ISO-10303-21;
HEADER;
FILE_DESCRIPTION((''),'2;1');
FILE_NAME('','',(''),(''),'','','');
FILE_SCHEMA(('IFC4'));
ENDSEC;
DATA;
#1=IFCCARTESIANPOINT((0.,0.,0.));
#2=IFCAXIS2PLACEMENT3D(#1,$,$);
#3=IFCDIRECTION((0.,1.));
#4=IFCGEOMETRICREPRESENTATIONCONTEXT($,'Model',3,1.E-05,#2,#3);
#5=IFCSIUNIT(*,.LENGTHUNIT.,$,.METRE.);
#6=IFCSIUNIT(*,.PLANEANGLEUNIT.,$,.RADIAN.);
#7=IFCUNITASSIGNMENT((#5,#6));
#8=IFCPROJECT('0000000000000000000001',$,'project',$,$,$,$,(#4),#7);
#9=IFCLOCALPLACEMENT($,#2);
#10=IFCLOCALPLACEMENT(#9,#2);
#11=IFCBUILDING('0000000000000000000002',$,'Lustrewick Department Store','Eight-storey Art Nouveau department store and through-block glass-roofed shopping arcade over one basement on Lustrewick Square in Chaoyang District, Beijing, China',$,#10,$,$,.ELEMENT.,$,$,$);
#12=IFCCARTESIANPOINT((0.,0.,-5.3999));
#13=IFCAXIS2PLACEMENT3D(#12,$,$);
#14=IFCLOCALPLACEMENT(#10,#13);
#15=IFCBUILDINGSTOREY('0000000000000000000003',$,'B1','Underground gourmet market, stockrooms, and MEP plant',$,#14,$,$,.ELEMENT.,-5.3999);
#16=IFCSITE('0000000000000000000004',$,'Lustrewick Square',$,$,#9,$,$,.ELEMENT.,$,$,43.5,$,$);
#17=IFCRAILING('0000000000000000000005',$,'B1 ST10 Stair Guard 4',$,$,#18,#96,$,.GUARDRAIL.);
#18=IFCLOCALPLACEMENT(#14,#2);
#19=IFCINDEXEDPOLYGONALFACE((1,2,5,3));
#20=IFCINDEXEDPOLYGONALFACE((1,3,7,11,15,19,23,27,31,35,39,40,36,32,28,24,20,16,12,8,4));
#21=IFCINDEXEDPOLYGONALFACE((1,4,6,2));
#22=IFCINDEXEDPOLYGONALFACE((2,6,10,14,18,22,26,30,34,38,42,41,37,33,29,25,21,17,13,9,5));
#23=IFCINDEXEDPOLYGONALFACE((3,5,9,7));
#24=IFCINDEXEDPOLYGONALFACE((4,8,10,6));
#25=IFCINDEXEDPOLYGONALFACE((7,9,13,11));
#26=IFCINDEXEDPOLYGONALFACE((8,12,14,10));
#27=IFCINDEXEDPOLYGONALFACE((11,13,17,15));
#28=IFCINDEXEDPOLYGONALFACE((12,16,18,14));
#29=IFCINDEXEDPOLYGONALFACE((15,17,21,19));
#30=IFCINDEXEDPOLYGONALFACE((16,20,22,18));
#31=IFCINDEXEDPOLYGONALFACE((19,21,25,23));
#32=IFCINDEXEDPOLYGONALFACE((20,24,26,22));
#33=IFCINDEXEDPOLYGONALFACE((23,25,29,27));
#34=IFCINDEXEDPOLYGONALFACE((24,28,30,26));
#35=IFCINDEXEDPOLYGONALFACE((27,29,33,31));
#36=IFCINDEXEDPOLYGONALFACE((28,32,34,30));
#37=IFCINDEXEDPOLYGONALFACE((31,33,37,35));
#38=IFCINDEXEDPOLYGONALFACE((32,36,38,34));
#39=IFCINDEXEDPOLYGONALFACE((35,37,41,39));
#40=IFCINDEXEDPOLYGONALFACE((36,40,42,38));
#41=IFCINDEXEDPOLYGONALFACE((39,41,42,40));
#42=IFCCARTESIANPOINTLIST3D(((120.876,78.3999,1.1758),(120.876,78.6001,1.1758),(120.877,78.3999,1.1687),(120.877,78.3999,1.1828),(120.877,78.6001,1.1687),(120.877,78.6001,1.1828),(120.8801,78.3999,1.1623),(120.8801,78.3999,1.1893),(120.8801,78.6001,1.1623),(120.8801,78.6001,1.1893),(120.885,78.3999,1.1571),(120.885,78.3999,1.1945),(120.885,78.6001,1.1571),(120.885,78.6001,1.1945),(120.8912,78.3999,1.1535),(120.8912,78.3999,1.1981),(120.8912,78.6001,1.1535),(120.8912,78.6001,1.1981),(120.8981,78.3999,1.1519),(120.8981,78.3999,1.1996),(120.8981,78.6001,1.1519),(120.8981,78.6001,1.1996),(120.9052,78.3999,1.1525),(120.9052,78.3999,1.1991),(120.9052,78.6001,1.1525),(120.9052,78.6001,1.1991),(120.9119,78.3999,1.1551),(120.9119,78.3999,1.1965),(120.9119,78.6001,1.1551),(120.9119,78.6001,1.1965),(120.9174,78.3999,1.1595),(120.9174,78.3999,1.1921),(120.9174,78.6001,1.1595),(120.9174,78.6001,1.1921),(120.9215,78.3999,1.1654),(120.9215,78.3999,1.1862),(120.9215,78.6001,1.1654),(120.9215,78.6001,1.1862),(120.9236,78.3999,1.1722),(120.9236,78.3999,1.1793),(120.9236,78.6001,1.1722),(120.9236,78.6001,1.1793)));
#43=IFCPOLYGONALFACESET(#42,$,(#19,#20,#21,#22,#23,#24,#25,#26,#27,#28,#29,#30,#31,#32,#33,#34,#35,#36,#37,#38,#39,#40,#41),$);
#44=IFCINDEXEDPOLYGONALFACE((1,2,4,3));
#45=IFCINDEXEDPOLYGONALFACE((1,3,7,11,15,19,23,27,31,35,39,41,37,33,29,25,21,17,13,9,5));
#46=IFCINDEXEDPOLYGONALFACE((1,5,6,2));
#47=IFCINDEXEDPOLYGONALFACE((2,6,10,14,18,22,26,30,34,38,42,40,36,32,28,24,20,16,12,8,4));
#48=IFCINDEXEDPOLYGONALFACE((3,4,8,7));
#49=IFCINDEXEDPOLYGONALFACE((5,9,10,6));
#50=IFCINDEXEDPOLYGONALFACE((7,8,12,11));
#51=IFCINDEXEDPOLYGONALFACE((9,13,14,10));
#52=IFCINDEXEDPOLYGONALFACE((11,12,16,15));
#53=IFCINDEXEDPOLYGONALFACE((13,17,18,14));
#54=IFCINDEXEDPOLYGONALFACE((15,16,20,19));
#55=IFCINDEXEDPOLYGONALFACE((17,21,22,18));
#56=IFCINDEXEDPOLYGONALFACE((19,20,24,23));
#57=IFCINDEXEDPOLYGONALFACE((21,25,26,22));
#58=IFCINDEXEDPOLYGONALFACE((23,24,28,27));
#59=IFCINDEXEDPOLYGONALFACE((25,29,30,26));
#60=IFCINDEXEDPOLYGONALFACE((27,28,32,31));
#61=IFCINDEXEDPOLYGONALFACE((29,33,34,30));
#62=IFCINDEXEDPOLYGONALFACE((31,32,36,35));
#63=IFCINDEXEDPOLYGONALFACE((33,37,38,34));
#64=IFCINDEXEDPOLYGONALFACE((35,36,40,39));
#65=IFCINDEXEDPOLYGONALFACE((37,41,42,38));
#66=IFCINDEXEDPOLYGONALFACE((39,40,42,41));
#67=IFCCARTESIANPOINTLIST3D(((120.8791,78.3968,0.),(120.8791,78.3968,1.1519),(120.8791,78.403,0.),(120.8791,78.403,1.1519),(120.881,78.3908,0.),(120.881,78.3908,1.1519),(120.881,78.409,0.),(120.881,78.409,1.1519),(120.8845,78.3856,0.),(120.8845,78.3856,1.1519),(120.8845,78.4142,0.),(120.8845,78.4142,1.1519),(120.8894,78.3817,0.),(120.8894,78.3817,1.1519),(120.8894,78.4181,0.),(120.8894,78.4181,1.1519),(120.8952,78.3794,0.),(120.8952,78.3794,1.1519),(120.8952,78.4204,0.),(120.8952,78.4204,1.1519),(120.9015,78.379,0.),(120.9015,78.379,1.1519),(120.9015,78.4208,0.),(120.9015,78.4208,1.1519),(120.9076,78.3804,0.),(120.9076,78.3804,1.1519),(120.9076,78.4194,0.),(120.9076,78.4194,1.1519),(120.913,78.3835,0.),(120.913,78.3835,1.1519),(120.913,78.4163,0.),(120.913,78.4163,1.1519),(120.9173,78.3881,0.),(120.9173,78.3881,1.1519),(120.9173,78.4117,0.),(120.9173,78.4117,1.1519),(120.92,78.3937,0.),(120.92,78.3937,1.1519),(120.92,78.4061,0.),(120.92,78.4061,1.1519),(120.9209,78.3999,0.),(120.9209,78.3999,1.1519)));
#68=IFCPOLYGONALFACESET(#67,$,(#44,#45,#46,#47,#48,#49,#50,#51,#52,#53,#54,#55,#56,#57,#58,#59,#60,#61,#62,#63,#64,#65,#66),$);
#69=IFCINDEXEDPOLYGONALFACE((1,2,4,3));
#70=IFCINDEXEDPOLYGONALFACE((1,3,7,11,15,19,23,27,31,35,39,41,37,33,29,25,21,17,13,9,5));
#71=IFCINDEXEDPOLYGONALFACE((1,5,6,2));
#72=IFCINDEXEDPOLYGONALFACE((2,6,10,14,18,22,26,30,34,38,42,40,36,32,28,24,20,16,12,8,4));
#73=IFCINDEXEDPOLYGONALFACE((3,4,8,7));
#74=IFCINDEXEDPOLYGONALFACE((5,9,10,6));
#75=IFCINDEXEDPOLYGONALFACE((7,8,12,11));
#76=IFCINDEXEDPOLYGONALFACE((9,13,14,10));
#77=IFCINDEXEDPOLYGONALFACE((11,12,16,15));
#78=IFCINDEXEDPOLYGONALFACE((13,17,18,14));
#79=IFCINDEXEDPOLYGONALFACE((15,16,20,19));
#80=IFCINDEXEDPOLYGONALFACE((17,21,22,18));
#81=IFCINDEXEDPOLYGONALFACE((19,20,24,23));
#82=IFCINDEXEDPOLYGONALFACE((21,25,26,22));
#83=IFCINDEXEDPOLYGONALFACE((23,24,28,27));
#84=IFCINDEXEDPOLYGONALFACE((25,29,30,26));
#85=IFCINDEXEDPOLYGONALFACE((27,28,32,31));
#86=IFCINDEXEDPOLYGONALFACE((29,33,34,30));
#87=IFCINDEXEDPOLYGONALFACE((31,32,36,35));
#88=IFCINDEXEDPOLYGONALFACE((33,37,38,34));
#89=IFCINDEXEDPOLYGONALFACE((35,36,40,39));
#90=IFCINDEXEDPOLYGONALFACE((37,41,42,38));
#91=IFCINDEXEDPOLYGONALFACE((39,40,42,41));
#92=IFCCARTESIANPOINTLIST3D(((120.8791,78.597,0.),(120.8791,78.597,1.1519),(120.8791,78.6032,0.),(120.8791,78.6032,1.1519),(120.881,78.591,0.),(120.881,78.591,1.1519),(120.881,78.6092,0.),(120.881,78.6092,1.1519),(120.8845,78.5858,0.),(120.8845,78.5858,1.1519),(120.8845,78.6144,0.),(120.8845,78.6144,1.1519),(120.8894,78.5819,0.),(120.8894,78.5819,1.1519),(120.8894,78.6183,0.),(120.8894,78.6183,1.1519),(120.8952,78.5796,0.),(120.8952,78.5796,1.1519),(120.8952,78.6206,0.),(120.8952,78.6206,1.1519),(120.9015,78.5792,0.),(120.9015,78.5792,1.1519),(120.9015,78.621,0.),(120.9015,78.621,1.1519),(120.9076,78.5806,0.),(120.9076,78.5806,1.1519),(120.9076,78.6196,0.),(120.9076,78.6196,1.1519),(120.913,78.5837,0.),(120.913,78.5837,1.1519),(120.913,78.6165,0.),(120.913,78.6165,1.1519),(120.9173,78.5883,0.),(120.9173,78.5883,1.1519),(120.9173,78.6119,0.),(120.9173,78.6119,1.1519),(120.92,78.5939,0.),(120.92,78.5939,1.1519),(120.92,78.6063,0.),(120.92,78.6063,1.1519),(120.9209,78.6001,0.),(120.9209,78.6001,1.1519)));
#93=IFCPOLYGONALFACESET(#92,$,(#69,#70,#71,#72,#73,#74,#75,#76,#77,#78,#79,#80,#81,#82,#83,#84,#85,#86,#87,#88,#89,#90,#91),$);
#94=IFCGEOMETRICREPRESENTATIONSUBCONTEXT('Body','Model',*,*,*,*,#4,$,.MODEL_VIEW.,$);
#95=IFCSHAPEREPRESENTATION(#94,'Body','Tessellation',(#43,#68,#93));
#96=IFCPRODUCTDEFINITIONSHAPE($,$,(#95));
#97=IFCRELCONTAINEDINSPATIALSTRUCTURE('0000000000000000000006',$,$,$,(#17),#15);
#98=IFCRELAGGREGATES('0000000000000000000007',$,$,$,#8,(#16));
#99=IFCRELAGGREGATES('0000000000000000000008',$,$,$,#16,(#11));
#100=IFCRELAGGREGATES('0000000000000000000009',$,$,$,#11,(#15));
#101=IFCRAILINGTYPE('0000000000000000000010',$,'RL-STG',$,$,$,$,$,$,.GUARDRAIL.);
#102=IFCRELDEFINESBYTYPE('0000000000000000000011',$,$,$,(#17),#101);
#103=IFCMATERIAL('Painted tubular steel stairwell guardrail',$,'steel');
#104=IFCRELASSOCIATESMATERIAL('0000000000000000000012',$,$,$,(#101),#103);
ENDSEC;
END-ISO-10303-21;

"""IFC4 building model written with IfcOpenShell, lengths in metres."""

from ifc_helpers import new_model, si_unit, direction, frame, origin, origin_2d, place, context, subcontext, project, spatial, circle, extrude, material, type_object, element, save


model = new_model("IFC4")

# Units and contexts
model_context = context("Model", 3, precision=1e-05, world=origin(), true_north=direction((0.0, 1.0)))
body_context = subcontext(model_context, "Body", "Model", "MODEL_VIEW")
ifc_project = project(units=[si_unit("LENGTHUNIT", "METRE"), si_unit("PLANEANGLEUNIT", "RADIAN")], contexts=[model_context])

# Site, building, storey
site_placement = place(None, origin())
site = spatial("IfcSite", under=ifc_project, at=site_placement, Name="Lustrewick Square", CompositionType="ELEMENT", RefElevation=43.5)
building_placement = place(site_placement, origin())
building = spatial("IfcBuilding", under=site, at=building_placement, Name="Lustrewick Department Store", Description="Eight-storey Art Nouveau department store and through-block glass-roofed shopping arcade over one basement on Lustrewick Square in Chaoyang District, Beijing, China", CompositionType="ELEMENT")
storey_placement = place(building_placement, frame((0.0, 0.0, -5.3999)))
storey = spatial("IfcBuildingStorey", under=building, at=storey_placement, Name="B1", Description="Underground gourmet market, stockrooms, and MEP plant", CompositionType="ELEMENT", Elevation=-5.3999)

# Railing
ifc_material_1 = material(Name="Painted tubular steel stairwell guardrail", Category="steel")
railing_type_1 = type_object("IfcRailingType", Name="RL-STG", PredefinedType="GUARDRAIL", material=ifc_material_1)
railing_1_placement = place(storey_placement, frame((120.8999, 78.3999, 0.0)))
element("IfcRailing", 1, at=railing_1_placement, inside=storey, type_object=railing_type_1, Name="B1 ST10 Stair Guard 4", PredefinedType="GUARDRAIL", context=body_context, shape_type="SweptSolid", body=[
    extrude(circle(Radius=0.0239, at=origin_2d()), frame((0.0, 0.0, 1.1758), z_axis=(0.0, 1.0, 0.0), x_axis=(-1.0, 0.0, 0.0)), (0.0, 0.0, 1.0), 0.2002),
    extrude(circle(Radius=0.021, at=origin_2d()), origin(), (0.0, 0.0, 1.0), 1.1519),
    extrude(circle(Radius=0.021, at=origin_2d()), frame((0.0, 0.2002, 0.0)), (0.0, 0.0, 1.0), 1.1519),
])

save(model, "model.ifc")
